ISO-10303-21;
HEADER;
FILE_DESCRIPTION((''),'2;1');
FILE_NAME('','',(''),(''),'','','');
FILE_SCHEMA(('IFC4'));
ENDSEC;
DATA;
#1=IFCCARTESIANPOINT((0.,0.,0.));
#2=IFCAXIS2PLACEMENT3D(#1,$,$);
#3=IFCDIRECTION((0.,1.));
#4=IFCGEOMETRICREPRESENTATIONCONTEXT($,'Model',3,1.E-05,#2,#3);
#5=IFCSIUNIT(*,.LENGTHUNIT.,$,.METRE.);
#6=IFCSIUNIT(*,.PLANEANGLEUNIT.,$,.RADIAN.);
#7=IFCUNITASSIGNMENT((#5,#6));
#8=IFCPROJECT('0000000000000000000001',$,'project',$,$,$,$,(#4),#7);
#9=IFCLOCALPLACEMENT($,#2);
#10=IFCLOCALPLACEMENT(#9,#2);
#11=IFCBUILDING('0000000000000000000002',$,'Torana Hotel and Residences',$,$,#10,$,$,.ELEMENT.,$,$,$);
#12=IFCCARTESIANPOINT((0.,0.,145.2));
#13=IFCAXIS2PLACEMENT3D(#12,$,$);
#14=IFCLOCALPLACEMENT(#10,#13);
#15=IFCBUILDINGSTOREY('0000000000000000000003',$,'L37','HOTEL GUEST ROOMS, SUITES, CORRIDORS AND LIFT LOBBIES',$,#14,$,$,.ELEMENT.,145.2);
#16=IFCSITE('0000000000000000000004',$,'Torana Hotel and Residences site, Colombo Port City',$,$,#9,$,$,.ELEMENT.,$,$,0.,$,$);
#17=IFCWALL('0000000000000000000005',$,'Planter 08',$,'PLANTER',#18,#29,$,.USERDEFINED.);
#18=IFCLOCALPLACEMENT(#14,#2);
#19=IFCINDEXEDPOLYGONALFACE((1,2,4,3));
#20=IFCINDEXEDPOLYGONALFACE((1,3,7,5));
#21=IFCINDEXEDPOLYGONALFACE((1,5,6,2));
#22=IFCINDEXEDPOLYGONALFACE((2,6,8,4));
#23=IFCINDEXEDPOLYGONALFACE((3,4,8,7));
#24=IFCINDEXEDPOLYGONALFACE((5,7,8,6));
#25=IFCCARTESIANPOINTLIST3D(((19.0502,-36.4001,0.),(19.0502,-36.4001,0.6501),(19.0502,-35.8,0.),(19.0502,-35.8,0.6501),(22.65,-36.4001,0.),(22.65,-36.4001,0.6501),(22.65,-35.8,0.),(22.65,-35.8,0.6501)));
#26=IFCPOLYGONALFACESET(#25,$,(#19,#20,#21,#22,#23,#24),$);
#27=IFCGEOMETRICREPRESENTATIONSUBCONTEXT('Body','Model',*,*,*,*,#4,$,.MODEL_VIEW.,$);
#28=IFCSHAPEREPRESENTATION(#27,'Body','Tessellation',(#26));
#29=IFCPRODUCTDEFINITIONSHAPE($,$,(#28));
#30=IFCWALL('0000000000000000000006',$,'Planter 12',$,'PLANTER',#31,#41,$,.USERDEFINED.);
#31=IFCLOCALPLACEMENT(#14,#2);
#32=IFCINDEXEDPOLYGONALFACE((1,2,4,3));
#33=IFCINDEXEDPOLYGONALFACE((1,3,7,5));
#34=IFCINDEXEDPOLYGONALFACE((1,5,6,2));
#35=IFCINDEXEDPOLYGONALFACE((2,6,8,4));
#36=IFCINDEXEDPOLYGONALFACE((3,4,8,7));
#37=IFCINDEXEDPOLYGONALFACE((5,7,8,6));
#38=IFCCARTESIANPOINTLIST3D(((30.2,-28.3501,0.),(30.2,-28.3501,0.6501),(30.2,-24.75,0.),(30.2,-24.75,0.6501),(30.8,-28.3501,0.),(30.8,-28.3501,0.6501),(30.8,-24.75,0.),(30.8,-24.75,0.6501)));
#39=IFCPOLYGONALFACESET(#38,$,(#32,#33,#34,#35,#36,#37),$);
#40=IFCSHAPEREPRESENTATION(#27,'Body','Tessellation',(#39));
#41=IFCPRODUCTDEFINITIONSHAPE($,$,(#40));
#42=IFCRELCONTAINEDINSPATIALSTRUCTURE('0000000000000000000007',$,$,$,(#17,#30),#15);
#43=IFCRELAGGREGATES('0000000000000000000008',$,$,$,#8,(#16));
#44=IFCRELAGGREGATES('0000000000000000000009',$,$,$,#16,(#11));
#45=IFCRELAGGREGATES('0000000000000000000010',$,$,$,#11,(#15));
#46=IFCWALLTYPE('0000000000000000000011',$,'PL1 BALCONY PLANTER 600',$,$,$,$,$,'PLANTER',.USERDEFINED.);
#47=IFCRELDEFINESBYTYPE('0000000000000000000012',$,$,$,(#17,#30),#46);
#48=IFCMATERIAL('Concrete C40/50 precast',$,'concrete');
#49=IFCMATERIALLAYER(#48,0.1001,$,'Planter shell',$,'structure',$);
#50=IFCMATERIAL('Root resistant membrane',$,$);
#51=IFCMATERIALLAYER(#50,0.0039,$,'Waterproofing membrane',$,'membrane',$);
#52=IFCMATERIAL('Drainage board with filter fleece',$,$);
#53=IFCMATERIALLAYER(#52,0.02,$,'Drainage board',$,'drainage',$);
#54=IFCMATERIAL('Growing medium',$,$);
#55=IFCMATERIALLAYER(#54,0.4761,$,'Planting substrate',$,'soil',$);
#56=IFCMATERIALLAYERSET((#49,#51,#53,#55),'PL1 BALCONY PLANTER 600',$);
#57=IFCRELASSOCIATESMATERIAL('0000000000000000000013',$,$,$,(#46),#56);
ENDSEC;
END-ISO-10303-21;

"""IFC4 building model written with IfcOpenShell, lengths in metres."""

from ifc_helpers import new_model, si_unit, direction, frame, frame_2d, origin, place, context, subcontext, project, spatial, rectangle, extrude, material, layer, layer_set, type_object, element, save


model = new_model("IFC4")

# Units and contexts
model_context = context("Model", 3, precision=1e-05, world=origin(), true_north=direction((0.0, 1.0)))
body_context = subcontext(model_context, "Body", "Model", "MODEL_VIEW")
ifc_project = project(units=[si_unit("LENGTHUNIT", "METRE"), si_unit("PLANEANGLEUNIT", "RADIAN")], contexts=[model_context])

# Site, building, storey
site_placement = place(None, origin())
site = spatial("IfcSite", under=ifc_project, at=site_placement, Name="Torana Hotel and Residences site, Colombo Port City", CompositionType="ELEMENT", RefElevation=0.0)
building_placement = place(site_placement, origin())
building = spatial("IfcBuilding", under=site, at=building_placement, Name="Torana Hotel and Residences", CompositionType="ELEMENT")
storey_placement = place(building_placement, frame((0.0, 0.0, 145.2)))
storey = spatial("IfcBuildingStorey", under=building, at=storey_placement, Name="L37", Description="HOTEL GUEST ROOMS, SUITES, CORRIDORS AND LIFT LOBBIES", CompositionType="ELEMENT", Elevation=145.2)

# Walls
ifc_material_1 = material(Name="Concrete C40/50 precast", Category="concrete")
ifc_layer_1 = layer(ifc_material_1, 0.1001, Name="Planter shell", Category="structure")
ifc_material_2 = material(Name="Root resistant membrane")
ifc_layer_2 = layer(ifc_material_2, 0.0039, Name="Waterproofing membrane", Category="membrane")
ifc_material_3 = material(Name="Drainage board with filter fleece")
ifc_layer_3 = layer(ifc_material_3, 0.02, Name="Drainage board", Category="drainage")
ifc_material_4 = material(Name="Growing medium")
ifc_layer_4 = layer(ifc_material_4, 0.4761, Name="Planting substrate", Category="soil")
ifc_layer_set_1 = layer_set([ifc_layer_1, ifc_layer_2, ifc_layer_3, ifc_layer_4], Name="PL1 BALCONY PLANTER 600")
wall_type_1 = type_object("IfcWallType", Name="PL1 BALCONY PLANTER 600", ElementType="PLANTER", PredefinedType="USERDEFINED", material=ifc_layer_set_1)
wall_1_placement = place(storey_placement, frame((22.6499, -36.1001, 0.0), z_axis=(0.0, 0.0, 1.0), x_axis=(-1.0, 0.0, 0.0)))
element("IfcWall", 1, at=wall_1_placement, inside=storey, type_object=wall_type_1, Name="Planter 08", ObjectType="PLANTER", PredefinedType="USERDEFINED", context=body_context, shape_type="SweptSolid", body=[
    extrude(rectangle(XDim=3.5999, YDim=0.6001, at=frame_2d((1.7998, 0.0))), origin(), (0.0, 0.0, 1.0), 0.6501),
])
wall_2_placement = place(storey_placement, frame((30.5, -24.75, 0.0), z_axis=(0.0, 0.0, 1.0), x_axis=(0.0, -1.0, 0.0)))
element("IfcWall", 2, at=wall_2_placement, inside=storey, type_object=wall_type_1, Name="Planter 12", ObjectType="PLANTER", PredefinedType="USERDEFINED", context=body_context, shape_type="SweptSolid", body=[
    extrude(rectangle(XDim=3.6001, YDim=0.6001, at=frame_2d((1.8, 0.0))), origin(), (0.0, 0.0, 1.0), 0.6501),
])

save(model, "model.ifc")
